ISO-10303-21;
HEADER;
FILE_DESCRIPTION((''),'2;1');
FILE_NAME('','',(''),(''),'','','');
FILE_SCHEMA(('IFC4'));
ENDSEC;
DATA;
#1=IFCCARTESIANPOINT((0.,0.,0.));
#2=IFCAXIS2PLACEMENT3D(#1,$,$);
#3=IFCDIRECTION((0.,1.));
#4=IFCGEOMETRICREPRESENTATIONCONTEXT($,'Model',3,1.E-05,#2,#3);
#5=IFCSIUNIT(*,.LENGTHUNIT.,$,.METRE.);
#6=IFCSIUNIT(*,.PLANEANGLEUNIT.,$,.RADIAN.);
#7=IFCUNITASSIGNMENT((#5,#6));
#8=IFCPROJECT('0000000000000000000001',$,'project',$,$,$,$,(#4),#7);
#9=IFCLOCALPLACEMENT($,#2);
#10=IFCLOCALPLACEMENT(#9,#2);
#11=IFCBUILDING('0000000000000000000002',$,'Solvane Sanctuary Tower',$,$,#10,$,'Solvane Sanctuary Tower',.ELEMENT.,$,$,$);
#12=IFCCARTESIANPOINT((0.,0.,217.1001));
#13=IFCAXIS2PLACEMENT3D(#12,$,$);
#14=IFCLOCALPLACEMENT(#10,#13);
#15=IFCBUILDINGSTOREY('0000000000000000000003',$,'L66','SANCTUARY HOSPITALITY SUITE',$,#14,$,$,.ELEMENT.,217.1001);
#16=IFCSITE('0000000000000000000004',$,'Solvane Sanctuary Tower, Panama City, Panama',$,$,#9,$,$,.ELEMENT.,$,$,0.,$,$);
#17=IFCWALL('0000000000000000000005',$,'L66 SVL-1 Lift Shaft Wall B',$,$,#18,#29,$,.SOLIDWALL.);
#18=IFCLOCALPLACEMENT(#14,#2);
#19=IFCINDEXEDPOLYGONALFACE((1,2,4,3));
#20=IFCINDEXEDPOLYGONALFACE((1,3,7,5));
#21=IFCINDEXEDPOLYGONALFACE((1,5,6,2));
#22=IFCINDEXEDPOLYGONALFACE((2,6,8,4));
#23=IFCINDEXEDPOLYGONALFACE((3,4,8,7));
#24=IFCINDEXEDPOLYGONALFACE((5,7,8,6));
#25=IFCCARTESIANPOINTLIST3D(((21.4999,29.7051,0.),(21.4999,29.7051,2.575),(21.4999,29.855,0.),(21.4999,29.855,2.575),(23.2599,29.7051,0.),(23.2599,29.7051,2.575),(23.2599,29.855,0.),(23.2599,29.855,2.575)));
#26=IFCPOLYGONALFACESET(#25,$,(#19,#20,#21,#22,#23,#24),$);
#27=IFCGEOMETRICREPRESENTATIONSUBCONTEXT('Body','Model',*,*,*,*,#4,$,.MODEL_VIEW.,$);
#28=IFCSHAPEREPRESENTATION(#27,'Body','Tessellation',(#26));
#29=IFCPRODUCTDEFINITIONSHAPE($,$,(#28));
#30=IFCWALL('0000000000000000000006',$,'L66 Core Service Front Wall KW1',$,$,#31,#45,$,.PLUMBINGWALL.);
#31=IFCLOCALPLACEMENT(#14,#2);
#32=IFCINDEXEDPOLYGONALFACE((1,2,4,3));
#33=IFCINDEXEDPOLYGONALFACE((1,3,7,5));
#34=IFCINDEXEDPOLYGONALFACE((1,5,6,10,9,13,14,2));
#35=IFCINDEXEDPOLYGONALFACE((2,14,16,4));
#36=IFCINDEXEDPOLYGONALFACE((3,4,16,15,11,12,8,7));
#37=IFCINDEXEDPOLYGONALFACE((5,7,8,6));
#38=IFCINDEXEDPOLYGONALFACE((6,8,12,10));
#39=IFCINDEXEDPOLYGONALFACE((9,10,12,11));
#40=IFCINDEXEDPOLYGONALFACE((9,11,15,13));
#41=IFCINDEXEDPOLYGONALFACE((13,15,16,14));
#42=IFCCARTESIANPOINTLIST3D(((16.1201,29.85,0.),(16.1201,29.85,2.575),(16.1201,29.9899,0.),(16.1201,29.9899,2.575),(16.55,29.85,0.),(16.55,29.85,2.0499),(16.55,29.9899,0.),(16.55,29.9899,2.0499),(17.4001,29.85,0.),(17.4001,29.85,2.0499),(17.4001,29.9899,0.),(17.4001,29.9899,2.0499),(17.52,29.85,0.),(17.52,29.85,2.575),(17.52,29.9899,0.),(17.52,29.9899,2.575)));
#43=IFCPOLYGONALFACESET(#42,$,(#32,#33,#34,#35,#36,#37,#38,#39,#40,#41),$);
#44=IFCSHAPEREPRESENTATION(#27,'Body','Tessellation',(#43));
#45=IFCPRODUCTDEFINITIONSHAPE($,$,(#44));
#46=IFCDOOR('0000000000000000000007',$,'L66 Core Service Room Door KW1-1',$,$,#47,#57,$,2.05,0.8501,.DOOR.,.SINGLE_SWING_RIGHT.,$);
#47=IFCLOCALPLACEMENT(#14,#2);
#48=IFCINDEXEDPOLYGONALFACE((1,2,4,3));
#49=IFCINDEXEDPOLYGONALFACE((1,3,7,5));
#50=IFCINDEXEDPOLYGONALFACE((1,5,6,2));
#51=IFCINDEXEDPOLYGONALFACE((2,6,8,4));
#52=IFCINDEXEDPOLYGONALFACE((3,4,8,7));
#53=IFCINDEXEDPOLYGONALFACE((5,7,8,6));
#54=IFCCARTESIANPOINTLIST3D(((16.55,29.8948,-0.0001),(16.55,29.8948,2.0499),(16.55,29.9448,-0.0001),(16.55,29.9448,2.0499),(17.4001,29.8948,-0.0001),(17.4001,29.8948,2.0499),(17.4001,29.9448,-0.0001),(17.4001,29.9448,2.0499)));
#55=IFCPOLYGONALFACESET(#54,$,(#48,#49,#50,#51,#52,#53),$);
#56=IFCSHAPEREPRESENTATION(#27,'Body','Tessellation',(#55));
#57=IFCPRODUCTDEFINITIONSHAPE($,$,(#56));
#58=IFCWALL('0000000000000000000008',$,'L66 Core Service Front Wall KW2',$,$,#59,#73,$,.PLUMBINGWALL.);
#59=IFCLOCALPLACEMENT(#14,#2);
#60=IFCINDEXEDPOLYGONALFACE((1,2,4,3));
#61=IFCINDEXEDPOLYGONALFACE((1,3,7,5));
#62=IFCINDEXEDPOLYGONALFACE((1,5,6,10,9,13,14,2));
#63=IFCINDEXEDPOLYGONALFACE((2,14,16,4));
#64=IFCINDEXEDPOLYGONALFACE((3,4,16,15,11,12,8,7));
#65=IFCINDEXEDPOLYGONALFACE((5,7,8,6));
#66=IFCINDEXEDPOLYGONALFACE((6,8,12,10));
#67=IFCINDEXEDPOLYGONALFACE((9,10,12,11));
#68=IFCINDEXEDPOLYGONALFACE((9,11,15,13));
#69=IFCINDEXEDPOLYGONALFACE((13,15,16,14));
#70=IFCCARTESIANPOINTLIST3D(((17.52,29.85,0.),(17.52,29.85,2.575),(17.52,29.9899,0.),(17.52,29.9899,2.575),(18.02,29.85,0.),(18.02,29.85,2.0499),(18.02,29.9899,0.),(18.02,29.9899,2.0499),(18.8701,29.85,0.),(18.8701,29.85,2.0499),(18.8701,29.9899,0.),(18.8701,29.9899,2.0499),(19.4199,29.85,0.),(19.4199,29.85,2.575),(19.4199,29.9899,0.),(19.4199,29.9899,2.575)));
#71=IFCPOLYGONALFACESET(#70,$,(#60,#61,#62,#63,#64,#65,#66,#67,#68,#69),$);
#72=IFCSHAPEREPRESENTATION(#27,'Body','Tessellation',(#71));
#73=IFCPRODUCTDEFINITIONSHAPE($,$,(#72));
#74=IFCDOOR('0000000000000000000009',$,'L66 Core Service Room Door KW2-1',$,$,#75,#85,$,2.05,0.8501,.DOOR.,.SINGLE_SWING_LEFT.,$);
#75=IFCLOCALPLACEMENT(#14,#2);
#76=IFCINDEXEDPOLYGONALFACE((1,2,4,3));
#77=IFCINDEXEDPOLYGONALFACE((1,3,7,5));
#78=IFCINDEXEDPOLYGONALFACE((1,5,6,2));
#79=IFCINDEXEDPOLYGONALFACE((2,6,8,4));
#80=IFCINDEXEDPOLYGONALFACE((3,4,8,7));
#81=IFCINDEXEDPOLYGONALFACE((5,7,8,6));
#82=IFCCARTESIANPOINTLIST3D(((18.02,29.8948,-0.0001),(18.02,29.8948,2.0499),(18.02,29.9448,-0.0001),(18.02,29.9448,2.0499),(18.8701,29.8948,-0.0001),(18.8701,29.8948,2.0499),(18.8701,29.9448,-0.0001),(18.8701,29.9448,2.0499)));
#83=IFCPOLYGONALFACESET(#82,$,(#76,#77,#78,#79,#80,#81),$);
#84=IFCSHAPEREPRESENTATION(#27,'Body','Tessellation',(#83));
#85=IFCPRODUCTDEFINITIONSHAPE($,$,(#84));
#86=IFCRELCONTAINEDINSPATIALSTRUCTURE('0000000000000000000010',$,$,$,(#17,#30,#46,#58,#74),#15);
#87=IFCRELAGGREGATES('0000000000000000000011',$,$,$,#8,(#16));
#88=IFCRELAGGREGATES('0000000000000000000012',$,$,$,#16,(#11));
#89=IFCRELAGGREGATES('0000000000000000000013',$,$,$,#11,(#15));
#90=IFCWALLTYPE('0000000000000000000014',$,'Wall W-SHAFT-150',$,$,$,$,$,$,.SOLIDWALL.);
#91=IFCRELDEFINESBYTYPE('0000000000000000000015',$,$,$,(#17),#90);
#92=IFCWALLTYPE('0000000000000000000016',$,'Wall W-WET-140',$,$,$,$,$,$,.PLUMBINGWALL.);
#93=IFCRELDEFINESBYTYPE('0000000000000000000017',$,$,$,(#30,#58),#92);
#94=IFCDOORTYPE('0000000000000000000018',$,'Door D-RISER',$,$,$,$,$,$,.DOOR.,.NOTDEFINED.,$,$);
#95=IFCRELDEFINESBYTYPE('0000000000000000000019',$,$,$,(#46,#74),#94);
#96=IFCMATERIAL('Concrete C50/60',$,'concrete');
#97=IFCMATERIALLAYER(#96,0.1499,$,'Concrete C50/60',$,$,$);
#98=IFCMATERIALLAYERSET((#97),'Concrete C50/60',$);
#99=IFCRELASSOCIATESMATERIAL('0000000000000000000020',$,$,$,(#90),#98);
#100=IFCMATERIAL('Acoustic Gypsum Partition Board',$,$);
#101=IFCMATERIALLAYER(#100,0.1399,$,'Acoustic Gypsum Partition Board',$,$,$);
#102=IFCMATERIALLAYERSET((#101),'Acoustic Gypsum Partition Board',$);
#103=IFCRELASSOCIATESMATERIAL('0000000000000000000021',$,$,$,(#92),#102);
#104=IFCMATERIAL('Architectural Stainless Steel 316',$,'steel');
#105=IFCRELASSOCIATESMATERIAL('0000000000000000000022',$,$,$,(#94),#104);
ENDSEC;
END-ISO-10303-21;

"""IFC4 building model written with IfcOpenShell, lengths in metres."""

from ifc_helpers import new_model, si_unit, direction, frame, frame_2d, origin, place, context, subcontext, project, spatial, rectangle, extrude, material, layer, layer_set, type_object, element, fill, save


model = new_model("IFC4")

# Units and contexts
model_context = context("Model", 3, precision=1e-05, world=origin(), true_north=direction((0.0, 1.0)))
body_context = subcontext(model_context, "Body", "Model", "MODEL_VIEW")
ifc_project = project(units=[si_unit("LENGTHUNIT", "METRE"), si_unit("PLANEANGLEUNIT", "RADIAN")], contexts=[model_context])

# Site, building, storey
site_placement = place(None, origin())
site = spatial("IfcSite", under=ifc_project, at=site_placement, Name="Solvane Sanctuary Tower, Panama City, Panama", CompositionType="ELEMENT", RefElevation=0.0)
building_placement = place(site_placement, origin())
building = spatial("IfcBuilding", under=site, at=building_placement, Name="Solvane Sanctuary Tower", LongName="Solvane Sanctuary Tower", CompositionType="ELEMENT")
storey_placement = place(building_placement, frame((0.0, 0.0, 217.1001)))
storey = spatial("IfcBuildingStorey", under=building, at=storey_placement, Name="L66", Description="SANCTUARY HOSPITALITY SUITE", CompositionType="ELEMENT", Elevation=217.1001)

# Shared definitions
ifc_material_1 = material(Name="Concrete C50/60", Category="concrete")

# Shared definitions
ifc_material_2 = material(Name="Acoustic Gypsum Partition Board")

# Wall
ifc_layer_1 = layer(ifc_material_1, 0.1499, Name="Concrete C50/60")
ifc_layer_set_1 = layer_set([ifc_layer_1], Name="Concrete C50/60")
wall_type_1 = type_object("IfcWallType", Name="Wall W-SHAFT-150", PredefinedType="SOLIDWALL", material=ifc_layer_set_1)
for number, where, z_axis, x_axis, name in (
    (1, (21.5, 29.78, 0.0), (0.0, 0.0, 1.0), (1.0, 0.0, 0.0), "L66 SVL-1 Lift Shaft Wall B"),
):
    element("IfcWall", number, at=place(storey_placement, frame(where, z_axis=z_axis, x_axis=x_axis)), inside=storey, type_object=wall_type_1, Name=name, PredefinedType="SOLIDWALL", context=body_context, shape_type="SweptSolid", body=[
        extrude(rectangle(XDim=1.76, YDim=0.1499, at=frame_2d((0.8799, 0.0))), origin(), (0.0, 0.0, 1.0), 2.575),
    ])

# Walls, openings, doors
ifc_layer_2 = layer(ifc_material_2, 0.1399, Name="Acoustic Gypsum Partition Board")
ifc_layer_set_2 = layer_set([ifc_layer_2], Name="Acoustic Gypsum Partition Board")
wall_type_2 = type_object("IfcWallType", Name="Wall W-WET-140", PredefinedType="PLUMBINGWALL", material=ifc_layer_set_2)
wall_1_placement = place(storey_placement, frame((16.1201, 29.9199, 0.0), z_axis=(0.0, 0.0, 1.0), x_axis=(1.0, 0.0, 0.0)))
wall_1 = element("IfcWall", 2, at=wall_1_placement, inside=storey, type_object=wall_type_2, Name="L66 Core Service Front Wall KW1", PredefinedType="PLUMBINGWALL", context=body_context, shape_type="SweptSolid", body=[
    extrude(rectangle(XDim=1.3999, YDim=0.1399, at=frame_2d((0.7, 0.0))), origin(), (0.0, 0.0, 1.0), 2.575),
])
opening_1_placement = place(wall_1_placement, frame((0.4299, 0.0, 0.0)))
opening_1 = element("IfcOpeningElement", 3, at=opening_1_placement, cuts=wall_1, PredefinedType="OPENING", context=body_context, shape_type="SweptSolid", body=[
    extrude(rectangle(XDim=0.8501, YDim=2.05, at=frame_2d((0.425, 1.0249))), frame((0.0, 0.0798, 0.0), z_axis=(0.0, -1.0, 0.0), x_axis=(1.0, 0.0, 0.0)), (0.0, 0.0, 1.0), 0.1599),
])
ifc_material_3 = material(Name="Architectural Stainless Steel 316", Category="steel")
door_type_1 = type_object("IfcDoorType", Name="Door D-RISER", OperationType="NOTDEFINED", PredefinedType="DOOR", material=ifc_material_3)
door_1_placement = place(opening_1_placement, origin())
door_1 = element("IfcDoor", 4, at=door_1_placement, inside=storey, type_object=door_type_1, Name="L66 Core Service Room Door KW1-1", OperationType="SINGLE_SWING_RIGHT", OverallHeight=2.05, OverallWidth=0.8501, PredefinedType="DOOR", context=body_context, shape_type="SweptSolid", body=[
    extrude(rectangle(XDim=0.8501, YDim=2.05, at=frame_2d((0.425, 1.0249))), frame((0.0, 0.0249, 0.0), z_axis=(0.0, -1.0, 0.0), x_axis=(1.0, 0.0, 0.0)), (0.0, 0.0, 1.0), 0.05),
])
fill(opening_1, door_1)
wall_2_placement = place(storey_placement, frame((17.52, 29.9199, 0.0), z_axis=(0.0, 0.0, 1.0), x_axis=(1.0, 0.0, 0.0)))
wall_2 = element("IfcWall", 5, at=wall_2_placement, inside=storey, type_object=wall_type_2, Name="L66 Core Service Front Wall KW2", PredefinedType="PLUMBINGWALL", context=body_context, shape_type="SweptSolid", body=[
    extrude(rectangle(XDim=1.8999, YDim=0.1399, at=frame_2d((0.95, 0.0))), origin(), (0.0, 0.0, 1.0), 2.575),
])
opening_2_placement = place(wall_2_placement, frame((0.5, 0.0, 0.0)))
opening_2 = element("IfcOpeningElement", 6, at=opening_2_placement, cuts=wall_2, PredefinedType="OPENING", context=body_context, shape_type="SweptSolid", body=[
    extrude(rectangle(XDim=0.8501, YDim=2.05, at=frame_2d((0.425, 1.0249))), frame((0.0, 0.0798, 0.0), z_axis=(0.0, -1.0, 0.0), x_axis=(1.0, 0.0, 0.0)), (0.0, 0.0, 1.0), 0.1599),
])
door_2_placement = place(opening_2_placement, origin())
door_2 = element("IfcDoor", 7, at=door_2_placement, inside=storey, type_object=door_type_1, Name="L66 Core Service Room Door KW2-1", OperationType="SINGLE_SWING_LEFT", OverallHeight=2.05, OverallWidth=0.8501, PredefinedType="DOOR", context=body_context, shape_type="SweptSolid", body=[
    extrude(rectangle(XDim=0.8501, YDim=2.05, at=frame_2d((0.425, 1.0249))), frame((0.0, 0.0249, 0.0), z_axis=(0.0, -1.0, 0.0), x_axis=(1.0, 0.0, 0.0)), (0.0, 0.0, 1.0), 0.05),
])
fill(opening_2, door_2)

save(model, "model.ifc")
